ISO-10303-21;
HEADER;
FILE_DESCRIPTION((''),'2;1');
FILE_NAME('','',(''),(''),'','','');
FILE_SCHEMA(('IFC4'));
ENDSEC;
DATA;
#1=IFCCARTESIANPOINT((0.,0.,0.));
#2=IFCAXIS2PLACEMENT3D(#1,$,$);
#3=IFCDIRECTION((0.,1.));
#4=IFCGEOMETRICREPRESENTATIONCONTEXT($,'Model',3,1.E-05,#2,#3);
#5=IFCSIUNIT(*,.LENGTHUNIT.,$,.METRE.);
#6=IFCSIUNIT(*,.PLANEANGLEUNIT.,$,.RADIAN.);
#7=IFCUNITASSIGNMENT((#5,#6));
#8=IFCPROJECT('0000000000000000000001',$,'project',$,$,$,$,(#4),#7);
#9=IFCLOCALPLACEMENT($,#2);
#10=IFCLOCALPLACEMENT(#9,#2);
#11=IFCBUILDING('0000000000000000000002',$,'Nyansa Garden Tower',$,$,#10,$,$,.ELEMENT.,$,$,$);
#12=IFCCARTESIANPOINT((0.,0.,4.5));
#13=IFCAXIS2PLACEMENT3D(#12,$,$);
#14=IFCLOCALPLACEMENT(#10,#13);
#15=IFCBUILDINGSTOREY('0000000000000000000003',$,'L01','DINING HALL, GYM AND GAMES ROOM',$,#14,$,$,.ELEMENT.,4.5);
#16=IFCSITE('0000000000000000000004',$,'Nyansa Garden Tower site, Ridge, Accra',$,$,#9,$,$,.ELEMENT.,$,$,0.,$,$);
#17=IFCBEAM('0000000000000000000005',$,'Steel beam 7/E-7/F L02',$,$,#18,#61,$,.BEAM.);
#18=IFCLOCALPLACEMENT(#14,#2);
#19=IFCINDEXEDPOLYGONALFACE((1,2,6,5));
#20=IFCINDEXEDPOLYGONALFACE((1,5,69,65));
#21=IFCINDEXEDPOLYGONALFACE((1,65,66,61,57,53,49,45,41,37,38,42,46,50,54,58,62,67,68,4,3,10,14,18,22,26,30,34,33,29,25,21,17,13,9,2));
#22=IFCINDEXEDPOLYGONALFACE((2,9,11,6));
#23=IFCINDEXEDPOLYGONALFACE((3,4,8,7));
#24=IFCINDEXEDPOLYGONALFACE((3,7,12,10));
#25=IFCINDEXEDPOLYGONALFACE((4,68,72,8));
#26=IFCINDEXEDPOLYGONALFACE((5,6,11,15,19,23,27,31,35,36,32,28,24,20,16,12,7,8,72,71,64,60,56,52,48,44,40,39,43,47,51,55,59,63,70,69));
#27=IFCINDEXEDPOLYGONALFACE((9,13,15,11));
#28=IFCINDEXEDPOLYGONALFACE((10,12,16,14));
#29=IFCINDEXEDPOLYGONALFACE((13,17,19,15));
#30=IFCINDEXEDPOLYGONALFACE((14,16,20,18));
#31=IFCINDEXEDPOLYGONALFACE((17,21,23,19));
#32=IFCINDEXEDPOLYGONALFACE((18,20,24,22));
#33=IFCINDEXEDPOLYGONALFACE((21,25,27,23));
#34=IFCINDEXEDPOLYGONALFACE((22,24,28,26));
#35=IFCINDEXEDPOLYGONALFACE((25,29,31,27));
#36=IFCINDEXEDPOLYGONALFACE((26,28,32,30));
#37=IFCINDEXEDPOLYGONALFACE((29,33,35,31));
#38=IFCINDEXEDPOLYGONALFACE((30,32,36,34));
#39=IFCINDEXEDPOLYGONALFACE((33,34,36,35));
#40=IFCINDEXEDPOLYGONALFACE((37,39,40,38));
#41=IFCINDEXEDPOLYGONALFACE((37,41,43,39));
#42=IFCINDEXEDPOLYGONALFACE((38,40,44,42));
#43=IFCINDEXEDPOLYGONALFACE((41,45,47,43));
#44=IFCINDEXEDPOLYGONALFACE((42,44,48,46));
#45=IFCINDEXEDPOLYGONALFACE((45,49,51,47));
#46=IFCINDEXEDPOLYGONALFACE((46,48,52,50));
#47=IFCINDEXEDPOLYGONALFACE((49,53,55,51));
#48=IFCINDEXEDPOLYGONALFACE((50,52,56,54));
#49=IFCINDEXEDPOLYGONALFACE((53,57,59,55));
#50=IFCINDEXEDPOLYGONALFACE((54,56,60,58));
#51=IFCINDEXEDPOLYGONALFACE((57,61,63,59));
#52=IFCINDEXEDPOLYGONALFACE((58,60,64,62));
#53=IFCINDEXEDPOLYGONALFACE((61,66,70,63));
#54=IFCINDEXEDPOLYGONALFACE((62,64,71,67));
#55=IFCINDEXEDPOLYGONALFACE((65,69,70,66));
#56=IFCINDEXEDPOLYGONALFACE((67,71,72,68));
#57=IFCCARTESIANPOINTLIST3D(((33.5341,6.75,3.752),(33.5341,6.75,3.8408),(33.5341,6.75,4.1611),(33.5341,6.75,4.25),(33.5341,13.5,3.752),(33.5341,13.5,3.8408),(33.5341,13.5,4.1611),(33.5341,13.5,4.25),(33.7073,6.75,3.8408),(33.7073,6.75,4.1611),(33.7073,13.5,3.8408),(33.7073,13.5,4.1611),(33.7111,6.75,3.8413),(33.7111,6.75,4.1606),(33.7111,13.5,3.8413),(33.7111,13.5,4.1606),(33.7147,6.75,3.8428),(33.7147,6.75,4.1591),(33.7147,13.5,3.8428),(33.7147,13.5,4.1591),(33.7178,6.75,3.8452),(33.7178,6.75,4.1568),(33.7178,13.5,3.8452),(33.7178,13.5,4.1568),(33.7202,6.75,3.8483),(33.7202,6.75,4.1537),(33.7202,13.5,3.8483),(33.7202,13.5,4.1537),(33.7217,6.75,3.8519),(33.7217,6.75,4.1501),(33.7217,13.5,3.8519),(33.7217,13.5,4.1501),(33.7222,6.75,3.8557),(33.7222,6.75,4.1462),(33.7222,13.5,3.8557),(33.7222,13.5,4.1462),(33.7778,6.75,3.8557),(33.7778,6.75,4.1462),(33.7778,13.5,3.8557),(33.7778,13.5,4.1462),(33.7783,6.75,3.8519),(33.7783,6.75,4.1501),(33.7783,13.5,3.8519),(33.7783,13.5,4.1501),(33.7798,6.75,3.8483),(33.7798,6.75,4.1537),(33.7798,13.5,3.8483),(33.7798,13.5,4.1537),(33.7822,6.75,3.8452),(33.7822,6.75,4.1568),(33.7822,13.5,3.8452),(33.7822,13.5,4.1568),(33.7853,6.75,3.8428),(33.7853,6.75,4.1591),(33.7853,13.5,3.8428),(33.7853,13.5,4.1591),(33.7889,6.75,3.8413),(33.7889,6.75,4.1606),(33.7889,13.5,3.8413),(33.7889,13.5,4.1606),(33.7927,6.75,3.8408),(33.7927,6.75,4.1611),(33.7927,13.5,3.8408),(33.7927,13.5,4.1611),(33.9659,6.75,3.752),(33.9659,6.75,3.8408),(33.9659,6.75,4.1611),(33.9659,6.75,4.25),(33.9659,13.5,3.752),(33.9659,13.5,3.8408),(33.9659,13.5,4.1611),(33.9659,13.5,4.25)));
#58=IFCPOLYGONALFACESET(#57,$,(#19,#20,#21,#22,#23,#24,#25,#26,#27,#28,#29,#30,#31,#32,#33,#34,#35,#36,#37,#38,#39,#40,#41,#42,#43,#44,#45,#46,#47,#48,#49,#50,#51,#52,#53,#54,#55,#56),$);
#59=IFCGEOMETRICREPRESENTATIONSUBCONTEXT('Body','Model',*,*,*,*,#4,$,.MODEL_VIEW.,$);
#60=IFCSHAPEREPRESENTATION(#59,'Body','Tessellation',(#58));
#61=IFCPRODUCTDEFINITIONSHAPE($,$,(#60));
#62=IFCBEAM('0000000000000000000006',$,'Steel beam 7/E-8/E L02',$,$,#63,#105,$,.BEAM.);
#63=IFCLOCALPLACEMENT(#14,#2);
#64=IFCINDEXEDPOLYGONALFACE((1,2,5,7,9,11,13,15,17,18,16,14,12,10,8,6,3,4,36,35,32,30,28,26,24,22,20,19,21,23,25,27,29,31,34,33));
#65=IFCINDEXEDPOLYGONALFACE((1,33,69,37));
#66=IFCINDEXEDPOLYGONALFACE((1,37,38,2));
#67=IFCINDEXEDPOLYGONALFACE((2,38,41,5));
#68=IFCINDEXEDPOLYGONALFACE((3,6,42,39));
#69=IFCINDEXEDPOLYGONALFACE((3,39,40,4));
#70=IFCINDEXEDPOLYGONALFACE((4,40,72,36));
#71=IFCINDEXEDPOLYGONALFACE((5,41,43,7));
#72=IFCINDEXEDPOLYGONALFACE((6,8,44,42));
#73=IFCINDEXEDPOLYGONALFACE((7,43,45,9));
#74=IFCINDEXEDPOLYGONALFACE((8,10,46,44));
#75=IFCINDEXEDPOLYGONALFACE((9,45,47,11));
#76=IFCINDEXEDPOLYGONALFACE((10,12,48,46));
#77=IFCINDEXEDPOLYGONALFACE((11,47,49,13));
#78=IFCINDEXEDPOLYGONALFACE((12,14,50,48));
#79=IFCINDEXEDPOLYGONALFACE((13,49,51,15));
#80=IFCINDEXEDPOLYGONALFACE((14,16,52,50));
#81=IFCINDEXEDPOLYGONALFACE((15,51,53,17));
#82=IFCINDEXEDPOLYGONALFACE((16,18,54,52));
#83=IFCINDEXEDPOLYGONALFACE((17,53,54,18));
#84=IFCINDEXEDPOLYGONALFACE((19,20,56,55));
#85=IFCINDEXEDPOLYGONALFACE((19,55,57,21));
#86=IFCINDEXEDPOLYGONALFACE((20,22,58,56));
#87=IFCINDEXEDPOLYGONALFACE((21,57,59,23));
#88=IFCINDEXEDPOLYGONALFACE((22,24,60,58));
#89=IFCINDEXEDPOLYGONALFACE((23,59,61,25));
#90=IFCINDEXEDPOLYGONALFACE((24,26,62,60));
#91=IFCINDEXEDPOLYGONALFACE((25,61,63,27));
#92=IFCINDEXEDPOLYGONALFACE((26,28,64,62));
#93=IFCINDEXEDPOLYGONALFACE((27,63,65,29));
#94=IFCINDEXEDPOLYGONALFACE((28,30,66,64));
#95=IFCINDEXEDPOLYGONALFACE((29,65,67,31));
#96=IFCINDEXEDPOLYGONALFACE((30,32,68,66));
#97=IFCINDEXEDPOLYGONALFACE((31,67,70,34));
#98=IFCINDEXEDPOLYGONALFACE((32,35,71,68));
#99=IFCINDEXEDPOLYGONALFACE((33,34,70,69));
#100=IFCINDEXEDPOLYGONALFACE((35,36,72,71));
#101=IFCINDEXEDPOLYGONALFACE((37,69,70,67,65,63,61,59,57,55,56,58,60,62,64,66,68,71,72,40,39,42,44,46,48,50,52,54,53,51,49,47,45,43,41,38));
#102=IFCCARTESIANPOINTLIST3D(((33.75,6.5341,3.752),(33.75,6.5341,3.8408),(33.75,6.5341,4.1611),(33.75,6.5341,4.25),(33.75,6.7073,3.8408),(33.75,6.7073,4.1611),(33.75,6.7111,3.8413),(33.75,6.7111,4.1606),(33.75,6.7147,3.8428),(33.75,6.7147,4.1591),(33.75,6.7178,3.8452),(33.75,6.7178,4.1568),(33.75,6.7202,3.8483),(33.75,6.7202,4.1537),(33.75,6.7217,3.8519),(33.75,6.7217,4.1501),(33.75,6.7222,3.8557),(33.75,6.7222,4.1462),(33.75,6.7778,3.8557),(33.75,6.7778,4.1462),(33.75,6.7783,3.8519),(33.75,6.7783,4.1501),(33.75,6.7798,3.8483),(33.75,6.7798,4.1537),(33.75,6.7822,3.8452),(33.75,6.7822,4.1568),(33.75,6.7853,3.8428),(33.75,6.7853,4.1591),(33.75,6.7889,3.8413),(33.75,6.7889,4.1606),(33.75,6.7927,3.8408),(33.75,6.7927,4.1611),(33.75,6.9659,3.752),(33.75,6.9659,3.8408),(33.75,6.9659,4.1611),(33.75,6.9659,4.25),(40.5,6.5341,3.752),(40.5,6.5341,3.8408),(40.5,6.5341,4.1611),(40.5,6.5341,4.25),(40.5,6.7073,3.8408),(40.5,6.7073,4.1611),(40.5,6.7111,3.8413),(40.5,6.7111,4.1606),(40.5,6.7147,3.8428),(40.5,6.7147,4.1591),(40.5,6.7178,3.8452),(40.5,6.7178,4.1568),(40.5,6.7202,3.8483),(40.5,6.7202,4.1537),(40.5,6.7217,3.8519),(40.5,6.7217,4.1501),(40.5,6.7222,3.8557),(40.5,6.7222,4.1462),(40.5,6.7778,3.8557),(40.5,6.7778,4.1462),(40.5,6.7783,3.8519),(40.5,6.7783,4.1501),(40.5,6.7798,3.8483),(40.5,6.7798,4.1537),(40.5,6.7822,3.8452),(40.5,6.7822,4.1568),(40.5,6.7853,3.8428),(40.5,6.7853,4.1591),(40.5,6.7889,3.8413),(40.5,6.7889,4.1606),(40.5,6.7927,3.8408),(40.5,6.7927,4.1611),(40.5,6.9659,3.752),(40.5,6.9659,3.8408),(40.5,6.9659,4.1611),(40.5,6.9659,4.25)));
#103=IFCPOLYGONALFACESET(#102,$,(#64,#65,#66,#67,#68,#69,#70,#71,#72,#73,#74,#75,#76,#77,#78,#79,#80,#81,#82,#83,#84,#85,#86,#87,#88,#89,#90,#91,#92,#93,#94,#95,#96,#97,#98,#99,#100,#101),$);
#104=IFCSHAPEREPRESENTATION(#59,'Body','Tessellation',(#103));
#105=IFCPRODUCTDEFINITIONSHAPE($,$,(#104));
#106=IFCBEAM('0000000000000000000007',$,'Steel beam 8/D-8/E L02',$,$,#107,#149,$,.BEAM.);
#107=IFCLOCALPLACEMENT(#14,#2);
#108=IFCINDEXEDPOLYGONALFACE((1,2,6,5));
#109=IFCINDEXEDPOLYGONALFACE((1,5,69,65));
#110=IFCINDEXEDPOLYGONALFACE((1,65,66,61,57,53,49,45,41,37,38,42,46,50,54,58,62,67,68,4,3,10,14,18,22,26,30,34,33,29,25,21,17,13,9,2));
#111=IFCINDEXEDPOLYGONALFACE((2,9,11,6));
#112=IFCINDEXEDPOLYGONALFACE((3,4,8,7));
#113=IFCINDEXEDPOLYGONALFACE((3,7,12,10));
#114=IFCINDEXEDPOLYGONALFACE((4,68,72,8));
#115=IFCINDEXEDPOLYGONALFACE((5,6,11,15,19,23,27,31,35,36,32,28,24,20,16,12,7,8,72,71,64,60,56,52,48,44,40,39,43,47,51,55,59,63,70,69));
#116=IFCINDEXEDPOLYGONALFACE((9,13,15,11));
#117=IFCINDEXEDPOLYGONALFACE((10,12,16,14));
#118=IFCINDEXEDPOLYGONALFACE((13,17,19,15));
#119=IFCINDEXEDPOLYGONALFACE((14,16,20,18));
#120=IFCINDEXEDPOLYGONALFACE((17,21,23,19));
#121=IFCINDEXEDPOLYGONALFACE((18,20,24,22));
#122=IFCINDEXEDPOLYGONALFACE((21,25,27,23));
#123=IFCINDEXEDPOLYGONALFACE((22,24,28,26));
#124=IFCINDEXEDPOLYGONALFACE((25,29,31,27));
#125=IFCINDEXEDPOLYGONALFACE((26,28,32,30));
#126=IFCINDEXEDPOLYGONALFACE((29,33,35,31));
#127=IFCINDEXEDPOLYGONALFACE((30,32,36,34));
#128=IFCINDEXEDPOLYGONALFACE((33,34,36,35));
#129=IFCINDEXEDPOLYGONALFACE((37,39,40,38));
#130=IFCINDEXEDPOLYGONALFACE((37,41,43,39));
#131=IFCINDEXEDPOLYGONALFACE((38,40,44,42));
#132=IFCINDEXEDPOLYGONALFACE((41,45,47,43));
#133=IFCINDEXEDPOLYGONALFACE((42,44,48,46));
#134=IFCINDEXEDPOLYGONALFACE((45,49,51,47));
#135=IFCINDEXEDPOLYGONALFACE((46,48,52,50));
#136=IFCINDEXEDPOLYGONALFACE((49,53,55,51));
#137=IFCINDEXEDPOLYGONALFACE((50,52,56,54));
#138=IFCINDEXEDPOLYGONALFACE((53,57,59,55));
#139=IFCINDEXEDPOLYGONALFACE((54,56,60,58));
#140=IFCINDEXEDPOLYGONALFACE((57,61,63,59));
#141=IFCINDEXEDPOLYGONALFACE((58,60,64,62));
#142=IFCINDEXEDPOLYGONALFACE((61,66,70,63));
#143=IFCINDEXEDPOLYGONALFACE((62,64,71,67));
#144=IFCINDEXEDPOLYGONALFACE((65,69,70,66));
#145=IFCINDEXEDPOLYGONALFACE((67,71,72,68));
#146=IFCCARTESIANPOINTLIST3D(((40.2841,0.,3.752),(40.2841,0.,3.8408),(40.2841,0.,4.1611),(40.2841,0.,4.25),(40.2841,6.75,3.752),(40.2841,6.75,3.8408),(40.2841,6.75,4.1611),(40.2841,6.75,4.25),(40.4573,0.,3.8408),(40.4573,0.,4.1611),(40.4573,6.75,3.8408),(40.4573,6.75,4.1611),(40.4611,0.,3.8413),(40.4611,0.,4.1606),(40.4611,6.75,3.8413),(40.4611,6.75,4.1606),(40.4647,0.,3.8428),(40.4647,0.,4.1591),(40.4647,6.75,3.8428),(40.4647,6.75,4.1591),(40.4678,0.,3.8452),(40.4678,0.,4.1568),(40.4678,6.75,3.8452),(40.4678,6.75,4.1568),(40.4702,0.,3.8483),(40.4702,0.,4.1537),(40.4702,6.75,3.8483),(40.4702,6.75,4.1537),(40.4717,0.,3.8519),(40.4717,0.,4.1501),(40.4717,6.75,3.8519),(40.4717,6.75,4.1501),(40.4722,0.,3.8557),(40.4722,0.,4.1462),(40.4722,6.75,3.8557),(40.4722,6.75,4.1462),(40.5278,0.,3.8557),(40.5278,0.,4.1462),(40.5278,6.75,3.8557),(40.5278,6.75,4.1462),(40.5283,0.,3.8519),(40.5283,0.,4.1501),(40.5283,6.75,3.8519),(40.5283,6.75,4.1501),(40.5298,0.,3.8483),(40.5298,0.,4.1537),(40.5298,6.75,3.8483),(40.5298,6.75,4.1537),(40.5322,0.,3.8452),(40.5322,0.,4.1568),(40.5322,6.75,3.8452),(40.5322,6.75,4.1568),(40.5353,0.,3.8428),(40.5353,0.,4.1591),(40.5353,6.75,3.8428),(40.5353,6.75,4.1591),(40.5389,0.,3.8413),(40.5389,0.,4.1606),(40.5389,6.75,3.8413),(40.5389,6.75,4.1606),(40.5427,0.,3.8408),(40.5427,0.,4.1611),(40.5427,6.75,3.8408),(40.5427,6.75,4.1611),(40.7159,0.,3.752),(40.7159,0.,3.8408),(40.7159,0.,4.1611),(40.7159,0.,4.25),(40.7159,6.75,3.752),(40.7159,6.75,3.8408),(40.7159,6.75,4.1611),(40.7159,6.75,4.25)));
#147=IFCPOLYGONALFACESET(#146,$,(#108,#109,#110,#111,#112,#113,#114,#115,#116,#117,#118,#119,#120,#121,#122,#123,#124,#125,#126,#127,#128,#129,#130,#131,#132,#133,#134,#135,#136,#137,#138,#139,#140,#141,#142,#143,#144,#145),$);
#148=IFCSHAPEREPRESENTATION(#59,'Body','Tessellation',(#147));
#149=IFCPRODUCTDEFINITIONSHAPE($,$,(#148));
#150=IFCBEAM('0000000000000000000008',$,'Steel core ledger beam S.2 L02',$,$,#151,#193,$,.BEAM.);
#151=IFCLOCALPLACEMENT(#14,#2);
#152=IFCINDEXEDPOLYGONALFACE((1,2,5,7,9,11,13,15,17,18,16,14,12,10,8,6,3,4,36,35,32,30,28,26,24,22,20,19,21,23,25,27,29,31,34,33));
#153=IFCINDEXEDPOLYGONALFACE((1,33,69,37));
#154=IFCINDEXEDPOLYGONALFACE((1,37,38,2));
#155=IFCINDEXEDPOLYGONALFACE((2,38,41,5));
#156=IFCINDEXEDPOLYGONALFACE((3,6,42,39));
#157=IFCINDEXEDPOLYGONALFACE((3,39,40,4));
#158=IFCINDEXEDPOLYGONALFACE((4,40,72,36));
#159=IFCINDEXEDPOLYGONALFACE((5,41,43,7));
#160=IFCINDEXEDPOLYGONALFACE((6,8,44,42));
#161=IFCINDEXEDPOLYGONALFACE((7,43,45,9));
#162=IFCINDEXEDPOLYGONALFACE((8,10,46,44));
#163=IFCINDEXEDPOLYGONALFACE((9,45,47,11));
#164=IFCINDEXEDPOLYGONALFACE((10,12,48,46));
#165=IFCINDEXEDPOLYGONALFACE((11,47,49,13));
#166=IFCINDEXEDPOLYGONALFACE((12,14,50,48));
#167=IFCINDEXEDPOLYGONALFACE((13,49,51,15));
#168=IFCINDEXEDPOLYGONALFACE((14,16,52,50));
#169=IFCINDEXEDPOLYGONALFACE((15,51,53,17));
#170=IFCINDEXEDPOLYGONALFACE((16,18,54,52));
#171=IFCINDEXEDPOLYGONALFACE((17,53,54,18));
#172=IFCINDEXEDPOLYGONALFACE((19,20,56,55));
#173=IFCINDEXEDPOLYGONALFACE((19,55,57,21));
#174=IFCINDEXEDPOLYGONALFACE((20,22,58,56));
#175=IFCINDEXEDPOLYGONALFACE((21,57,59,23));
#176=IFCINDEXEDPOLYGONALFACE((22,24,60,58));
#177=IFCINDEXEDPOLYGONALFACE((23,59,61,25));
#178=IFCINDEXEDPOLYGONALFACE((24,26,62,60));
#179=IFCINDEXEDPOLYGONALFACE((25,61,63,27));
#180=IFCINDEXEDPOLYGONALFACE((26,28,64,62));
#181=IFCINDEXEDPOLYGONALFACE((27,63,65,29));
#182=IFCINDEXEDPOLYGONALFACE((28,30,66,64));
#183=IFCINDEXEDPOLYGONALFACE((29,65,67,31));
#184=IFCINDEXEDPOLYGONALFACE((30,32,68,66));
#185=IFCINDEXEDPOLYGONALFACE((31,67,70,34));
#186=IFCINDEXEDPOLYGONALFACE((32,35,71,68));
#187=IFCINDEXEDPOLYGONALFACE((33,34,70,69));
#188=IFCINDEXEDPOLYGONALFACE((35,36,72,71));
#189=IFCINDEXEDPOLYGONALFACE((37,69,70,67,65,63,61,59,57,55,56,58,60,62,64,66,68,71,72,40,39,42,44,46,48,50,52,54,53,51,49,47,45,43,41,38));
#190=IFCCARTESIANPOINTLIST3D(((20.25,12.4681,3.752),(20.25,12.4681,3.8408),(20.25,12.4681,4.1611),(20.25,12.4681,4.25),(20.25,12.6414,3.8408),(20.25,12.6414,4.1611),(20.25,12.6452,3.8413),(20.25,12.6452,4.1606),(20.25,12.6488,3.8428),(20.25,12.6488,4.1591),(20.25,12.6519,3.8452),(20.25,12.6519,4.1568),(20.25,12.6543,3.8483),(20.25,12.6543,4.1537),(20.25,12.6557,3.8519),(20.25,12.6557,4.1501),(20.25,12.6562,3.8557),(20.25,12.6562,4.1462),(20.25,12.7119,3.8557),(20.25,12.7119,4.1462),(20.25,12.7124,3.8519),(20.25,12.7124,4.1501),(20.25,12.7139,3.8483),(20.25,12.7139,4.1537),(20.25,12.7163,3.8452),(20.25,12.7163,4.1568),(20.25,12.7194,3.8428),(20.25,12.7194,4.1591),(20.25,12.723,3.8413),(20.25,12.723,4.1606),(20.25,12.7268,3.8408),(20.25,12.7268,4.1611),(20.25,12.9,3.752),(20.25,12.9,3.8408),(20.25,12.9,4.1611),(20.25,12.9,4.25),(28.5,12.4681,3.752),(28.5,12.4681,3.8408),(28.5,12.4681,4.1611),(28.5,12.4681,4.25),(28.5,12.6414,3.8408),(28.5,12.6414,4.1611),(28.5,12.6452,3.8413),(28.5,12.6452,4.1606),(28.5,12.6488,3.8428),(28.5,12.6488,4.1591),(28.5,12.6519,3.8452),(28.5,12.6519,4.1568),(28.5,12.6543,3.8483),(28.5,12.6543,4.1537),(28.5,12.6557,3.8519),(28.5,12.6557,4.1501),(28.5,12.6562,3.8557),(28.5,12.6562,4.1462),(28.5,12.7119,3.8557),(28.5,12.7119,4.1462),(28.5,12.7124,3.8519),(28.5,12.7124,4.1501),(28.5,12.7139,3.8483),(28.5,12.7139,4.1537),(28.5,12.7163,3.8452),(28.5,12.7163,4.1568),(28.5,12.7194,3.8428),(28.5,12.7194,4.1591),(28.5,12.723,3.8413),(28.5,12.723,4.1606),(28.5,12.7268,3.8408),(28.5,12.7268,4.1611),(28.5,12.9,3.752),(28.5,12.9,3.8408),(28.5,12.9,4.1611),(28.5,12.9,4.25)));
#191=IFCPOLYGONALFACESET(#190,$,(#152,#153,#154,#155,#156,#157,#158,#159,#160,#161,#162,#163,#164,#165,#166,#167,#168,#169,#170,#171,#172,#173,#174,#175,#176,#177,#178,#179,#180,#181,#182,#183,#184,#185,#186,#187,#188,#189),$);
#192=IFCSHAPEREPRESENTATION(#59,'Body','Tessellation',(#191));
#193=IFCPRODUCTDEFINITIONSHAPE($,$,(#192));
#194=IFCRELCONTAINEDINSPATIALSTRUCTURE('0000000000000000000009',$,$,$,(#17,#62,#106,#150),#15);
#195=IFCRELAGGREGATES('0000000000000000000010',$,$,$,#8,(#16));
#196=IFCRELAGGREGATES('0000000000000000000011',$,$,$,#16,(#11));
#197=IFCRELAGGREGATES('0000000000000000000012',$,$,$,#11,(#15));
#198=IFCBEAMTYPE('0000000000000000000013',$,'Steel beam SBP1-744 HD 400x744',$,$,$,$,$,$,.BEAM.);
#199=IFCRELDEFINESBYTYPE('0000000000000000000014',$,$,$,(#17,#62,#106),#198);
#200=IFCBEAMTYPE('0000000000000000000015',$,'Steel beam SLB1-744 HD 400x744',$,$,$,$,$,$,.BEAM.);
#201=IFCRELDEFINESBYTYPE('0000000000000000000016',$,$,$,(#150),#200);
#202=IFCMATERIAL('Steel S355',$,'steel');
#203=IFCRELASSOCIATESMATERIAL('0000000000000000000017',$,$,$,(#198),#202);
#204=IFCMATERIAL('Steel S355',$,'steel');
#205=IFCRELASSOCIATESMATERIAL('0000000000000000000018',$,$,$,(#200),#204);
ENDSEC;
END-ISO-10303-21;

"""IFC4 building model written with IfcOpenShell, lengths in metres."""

from ifc_helpers import new_model, si_unit, direction, frame, origin, origin_2d, place, context, subcontext, project, spatial, i_section, extrude, material, material_profile, profile_set, type_object, element, save


model = new_model("IFC4")

# Units and contexts
model_context = context("Model", 3, precision=1e-05, world=origin(), true_north=direction((0.0, 1.0)))
body_context = subcontext(model_context, "Body", "Model", "MODEL_VIEW")
ifc_project = project(units=[si_unit("LENGTHUNIT", "METRE"), si_unit("PLANEANGLEUNIT", "RADIAN")], contexts=[model_context])

# Site, building, storey
site_placement = place(None, origin())
site = spatial("IfcSite", under=ifc_project, at=site_placement, Name="Nyansa Garden Tower site, Ridge, Accra", CompositionType="ELEMENT", RefElevation=0.0)
building_placement = place(site_placement, origin())
building = spatial("IfcBuilding", under=site, at=building_placement, Name="Nyansa Garden Tower", CompositionType="ELEMENT")
storey_placement = place(building_placement, frame((0.0, 0.0, 4.5)))
storey = spatial("IfcBuildingStorey", under=building, at=storey_placement, Name="L01", Description="DINING HALL, GYM AND GAMES ROOM", CompositionType="ELEMENT", Elevation=4.5)

# Beams
ifc_material_1 = material(Name="Steel S355", Category="steel")
ifc_material_profile_1 = material_profile(ifc_material_1, i_section(OverallWidth=0.4319, OverallDepth=0.498, WebThickness=0.0557, FlangeThickness=0.0889, FilletRadius=0.0149, at=origin_2d()), Name="HD 400x744")
ifc_profile_set_1 = profile_set([ifc_material_profile_1], Name="Steel S355")
beam_type_1 = type_object("IfcBeamType", Name="Steel beam SBP1-744 HD 400x744", PredefinedType="BEAM", material=ifc_profile_set_1)
for number, where, z_axis, x_axis, name in (
    (1, (33.75, 6.75, 4.001), (0.0, 1.0, 0.0), (-1.0, 0.0, 0.0), "Steel beam 7/E-7/F L02"),
    (2, (33.75, 6.75, 4.001), (1.0, 0.0, 0.0), (0.0, 1.0, 0.0), "Steel beam 7/E-8/E L02"),
    (3, (40.5, 0.0, 4.001), (0.0, 1.0, 0.0), (-1.0, 0.0, 0.0), "Steel beam 8/D-8/E L02"),
):
    element("IfcBeam", number, at=place(storey_placement, frame(where, z_axis=z_axis, x_axis=x_axis)), inside=storey, type_object=beam_type_1, Name=name, PredefinedType="BEAM", context=body_context, shape_type="SweptSolid", body=[
        extrude(i_section(OverallWidth=0.4319, OverallDepth=0.498, WebThickness=0.0557, FlangeThickness=0.0889, FilletRadius=0.0149, at=origin_2d()), origin(), (0.0, 0.0, 1.0), 6.75),
    ])
ifc_material_2 = material(Name="Steel S355", Category="steel")
ifc_material_profile_2 = material_profile(ifc_material_2, i_section(OverallWidth=0.4319, OverallDepth=0.498, WebThickness=0.0557, FlangeThickness=0.0889, FilletRadius=0.0149, at=origin_2d()), Name="HD 400x744")
ifc_profile_set_2 = profile_set([ifc_material_profile_2], Name="Steel S355")
beam_type_2 = type_object("IfcBeamType", Name="Steel beam SLB1-744 HD 400x744", PredefinedType="BEAM", material=ifc_profile_set_2)
beam_1_placement = place(storey_placement, frame((20.25, 12.6841, 4.001), z_axis=(1.0, 0.0, 0.0), x_axis=(0.0, 1.0, 0.0)))
element("IfcBeam", 4, at=beam_1_placement, inside=storey, type_object=beam_type_2, Name="Steel core ledger beam S.2 L02", PredefinedType="BEAM", context=body_context, shape_type="SweptSolid", body=[
    extrude(i_section(OverallWidth=0.4319, OverallDepth=0.498, WebThickness=0.0557, FlangeThickness=0.0889, FilletRadius=0.0149, at=origin_2d()), origin(), (0.0, 0.0, 1.0), 8.25),
])

save(model, "model.ifc")
